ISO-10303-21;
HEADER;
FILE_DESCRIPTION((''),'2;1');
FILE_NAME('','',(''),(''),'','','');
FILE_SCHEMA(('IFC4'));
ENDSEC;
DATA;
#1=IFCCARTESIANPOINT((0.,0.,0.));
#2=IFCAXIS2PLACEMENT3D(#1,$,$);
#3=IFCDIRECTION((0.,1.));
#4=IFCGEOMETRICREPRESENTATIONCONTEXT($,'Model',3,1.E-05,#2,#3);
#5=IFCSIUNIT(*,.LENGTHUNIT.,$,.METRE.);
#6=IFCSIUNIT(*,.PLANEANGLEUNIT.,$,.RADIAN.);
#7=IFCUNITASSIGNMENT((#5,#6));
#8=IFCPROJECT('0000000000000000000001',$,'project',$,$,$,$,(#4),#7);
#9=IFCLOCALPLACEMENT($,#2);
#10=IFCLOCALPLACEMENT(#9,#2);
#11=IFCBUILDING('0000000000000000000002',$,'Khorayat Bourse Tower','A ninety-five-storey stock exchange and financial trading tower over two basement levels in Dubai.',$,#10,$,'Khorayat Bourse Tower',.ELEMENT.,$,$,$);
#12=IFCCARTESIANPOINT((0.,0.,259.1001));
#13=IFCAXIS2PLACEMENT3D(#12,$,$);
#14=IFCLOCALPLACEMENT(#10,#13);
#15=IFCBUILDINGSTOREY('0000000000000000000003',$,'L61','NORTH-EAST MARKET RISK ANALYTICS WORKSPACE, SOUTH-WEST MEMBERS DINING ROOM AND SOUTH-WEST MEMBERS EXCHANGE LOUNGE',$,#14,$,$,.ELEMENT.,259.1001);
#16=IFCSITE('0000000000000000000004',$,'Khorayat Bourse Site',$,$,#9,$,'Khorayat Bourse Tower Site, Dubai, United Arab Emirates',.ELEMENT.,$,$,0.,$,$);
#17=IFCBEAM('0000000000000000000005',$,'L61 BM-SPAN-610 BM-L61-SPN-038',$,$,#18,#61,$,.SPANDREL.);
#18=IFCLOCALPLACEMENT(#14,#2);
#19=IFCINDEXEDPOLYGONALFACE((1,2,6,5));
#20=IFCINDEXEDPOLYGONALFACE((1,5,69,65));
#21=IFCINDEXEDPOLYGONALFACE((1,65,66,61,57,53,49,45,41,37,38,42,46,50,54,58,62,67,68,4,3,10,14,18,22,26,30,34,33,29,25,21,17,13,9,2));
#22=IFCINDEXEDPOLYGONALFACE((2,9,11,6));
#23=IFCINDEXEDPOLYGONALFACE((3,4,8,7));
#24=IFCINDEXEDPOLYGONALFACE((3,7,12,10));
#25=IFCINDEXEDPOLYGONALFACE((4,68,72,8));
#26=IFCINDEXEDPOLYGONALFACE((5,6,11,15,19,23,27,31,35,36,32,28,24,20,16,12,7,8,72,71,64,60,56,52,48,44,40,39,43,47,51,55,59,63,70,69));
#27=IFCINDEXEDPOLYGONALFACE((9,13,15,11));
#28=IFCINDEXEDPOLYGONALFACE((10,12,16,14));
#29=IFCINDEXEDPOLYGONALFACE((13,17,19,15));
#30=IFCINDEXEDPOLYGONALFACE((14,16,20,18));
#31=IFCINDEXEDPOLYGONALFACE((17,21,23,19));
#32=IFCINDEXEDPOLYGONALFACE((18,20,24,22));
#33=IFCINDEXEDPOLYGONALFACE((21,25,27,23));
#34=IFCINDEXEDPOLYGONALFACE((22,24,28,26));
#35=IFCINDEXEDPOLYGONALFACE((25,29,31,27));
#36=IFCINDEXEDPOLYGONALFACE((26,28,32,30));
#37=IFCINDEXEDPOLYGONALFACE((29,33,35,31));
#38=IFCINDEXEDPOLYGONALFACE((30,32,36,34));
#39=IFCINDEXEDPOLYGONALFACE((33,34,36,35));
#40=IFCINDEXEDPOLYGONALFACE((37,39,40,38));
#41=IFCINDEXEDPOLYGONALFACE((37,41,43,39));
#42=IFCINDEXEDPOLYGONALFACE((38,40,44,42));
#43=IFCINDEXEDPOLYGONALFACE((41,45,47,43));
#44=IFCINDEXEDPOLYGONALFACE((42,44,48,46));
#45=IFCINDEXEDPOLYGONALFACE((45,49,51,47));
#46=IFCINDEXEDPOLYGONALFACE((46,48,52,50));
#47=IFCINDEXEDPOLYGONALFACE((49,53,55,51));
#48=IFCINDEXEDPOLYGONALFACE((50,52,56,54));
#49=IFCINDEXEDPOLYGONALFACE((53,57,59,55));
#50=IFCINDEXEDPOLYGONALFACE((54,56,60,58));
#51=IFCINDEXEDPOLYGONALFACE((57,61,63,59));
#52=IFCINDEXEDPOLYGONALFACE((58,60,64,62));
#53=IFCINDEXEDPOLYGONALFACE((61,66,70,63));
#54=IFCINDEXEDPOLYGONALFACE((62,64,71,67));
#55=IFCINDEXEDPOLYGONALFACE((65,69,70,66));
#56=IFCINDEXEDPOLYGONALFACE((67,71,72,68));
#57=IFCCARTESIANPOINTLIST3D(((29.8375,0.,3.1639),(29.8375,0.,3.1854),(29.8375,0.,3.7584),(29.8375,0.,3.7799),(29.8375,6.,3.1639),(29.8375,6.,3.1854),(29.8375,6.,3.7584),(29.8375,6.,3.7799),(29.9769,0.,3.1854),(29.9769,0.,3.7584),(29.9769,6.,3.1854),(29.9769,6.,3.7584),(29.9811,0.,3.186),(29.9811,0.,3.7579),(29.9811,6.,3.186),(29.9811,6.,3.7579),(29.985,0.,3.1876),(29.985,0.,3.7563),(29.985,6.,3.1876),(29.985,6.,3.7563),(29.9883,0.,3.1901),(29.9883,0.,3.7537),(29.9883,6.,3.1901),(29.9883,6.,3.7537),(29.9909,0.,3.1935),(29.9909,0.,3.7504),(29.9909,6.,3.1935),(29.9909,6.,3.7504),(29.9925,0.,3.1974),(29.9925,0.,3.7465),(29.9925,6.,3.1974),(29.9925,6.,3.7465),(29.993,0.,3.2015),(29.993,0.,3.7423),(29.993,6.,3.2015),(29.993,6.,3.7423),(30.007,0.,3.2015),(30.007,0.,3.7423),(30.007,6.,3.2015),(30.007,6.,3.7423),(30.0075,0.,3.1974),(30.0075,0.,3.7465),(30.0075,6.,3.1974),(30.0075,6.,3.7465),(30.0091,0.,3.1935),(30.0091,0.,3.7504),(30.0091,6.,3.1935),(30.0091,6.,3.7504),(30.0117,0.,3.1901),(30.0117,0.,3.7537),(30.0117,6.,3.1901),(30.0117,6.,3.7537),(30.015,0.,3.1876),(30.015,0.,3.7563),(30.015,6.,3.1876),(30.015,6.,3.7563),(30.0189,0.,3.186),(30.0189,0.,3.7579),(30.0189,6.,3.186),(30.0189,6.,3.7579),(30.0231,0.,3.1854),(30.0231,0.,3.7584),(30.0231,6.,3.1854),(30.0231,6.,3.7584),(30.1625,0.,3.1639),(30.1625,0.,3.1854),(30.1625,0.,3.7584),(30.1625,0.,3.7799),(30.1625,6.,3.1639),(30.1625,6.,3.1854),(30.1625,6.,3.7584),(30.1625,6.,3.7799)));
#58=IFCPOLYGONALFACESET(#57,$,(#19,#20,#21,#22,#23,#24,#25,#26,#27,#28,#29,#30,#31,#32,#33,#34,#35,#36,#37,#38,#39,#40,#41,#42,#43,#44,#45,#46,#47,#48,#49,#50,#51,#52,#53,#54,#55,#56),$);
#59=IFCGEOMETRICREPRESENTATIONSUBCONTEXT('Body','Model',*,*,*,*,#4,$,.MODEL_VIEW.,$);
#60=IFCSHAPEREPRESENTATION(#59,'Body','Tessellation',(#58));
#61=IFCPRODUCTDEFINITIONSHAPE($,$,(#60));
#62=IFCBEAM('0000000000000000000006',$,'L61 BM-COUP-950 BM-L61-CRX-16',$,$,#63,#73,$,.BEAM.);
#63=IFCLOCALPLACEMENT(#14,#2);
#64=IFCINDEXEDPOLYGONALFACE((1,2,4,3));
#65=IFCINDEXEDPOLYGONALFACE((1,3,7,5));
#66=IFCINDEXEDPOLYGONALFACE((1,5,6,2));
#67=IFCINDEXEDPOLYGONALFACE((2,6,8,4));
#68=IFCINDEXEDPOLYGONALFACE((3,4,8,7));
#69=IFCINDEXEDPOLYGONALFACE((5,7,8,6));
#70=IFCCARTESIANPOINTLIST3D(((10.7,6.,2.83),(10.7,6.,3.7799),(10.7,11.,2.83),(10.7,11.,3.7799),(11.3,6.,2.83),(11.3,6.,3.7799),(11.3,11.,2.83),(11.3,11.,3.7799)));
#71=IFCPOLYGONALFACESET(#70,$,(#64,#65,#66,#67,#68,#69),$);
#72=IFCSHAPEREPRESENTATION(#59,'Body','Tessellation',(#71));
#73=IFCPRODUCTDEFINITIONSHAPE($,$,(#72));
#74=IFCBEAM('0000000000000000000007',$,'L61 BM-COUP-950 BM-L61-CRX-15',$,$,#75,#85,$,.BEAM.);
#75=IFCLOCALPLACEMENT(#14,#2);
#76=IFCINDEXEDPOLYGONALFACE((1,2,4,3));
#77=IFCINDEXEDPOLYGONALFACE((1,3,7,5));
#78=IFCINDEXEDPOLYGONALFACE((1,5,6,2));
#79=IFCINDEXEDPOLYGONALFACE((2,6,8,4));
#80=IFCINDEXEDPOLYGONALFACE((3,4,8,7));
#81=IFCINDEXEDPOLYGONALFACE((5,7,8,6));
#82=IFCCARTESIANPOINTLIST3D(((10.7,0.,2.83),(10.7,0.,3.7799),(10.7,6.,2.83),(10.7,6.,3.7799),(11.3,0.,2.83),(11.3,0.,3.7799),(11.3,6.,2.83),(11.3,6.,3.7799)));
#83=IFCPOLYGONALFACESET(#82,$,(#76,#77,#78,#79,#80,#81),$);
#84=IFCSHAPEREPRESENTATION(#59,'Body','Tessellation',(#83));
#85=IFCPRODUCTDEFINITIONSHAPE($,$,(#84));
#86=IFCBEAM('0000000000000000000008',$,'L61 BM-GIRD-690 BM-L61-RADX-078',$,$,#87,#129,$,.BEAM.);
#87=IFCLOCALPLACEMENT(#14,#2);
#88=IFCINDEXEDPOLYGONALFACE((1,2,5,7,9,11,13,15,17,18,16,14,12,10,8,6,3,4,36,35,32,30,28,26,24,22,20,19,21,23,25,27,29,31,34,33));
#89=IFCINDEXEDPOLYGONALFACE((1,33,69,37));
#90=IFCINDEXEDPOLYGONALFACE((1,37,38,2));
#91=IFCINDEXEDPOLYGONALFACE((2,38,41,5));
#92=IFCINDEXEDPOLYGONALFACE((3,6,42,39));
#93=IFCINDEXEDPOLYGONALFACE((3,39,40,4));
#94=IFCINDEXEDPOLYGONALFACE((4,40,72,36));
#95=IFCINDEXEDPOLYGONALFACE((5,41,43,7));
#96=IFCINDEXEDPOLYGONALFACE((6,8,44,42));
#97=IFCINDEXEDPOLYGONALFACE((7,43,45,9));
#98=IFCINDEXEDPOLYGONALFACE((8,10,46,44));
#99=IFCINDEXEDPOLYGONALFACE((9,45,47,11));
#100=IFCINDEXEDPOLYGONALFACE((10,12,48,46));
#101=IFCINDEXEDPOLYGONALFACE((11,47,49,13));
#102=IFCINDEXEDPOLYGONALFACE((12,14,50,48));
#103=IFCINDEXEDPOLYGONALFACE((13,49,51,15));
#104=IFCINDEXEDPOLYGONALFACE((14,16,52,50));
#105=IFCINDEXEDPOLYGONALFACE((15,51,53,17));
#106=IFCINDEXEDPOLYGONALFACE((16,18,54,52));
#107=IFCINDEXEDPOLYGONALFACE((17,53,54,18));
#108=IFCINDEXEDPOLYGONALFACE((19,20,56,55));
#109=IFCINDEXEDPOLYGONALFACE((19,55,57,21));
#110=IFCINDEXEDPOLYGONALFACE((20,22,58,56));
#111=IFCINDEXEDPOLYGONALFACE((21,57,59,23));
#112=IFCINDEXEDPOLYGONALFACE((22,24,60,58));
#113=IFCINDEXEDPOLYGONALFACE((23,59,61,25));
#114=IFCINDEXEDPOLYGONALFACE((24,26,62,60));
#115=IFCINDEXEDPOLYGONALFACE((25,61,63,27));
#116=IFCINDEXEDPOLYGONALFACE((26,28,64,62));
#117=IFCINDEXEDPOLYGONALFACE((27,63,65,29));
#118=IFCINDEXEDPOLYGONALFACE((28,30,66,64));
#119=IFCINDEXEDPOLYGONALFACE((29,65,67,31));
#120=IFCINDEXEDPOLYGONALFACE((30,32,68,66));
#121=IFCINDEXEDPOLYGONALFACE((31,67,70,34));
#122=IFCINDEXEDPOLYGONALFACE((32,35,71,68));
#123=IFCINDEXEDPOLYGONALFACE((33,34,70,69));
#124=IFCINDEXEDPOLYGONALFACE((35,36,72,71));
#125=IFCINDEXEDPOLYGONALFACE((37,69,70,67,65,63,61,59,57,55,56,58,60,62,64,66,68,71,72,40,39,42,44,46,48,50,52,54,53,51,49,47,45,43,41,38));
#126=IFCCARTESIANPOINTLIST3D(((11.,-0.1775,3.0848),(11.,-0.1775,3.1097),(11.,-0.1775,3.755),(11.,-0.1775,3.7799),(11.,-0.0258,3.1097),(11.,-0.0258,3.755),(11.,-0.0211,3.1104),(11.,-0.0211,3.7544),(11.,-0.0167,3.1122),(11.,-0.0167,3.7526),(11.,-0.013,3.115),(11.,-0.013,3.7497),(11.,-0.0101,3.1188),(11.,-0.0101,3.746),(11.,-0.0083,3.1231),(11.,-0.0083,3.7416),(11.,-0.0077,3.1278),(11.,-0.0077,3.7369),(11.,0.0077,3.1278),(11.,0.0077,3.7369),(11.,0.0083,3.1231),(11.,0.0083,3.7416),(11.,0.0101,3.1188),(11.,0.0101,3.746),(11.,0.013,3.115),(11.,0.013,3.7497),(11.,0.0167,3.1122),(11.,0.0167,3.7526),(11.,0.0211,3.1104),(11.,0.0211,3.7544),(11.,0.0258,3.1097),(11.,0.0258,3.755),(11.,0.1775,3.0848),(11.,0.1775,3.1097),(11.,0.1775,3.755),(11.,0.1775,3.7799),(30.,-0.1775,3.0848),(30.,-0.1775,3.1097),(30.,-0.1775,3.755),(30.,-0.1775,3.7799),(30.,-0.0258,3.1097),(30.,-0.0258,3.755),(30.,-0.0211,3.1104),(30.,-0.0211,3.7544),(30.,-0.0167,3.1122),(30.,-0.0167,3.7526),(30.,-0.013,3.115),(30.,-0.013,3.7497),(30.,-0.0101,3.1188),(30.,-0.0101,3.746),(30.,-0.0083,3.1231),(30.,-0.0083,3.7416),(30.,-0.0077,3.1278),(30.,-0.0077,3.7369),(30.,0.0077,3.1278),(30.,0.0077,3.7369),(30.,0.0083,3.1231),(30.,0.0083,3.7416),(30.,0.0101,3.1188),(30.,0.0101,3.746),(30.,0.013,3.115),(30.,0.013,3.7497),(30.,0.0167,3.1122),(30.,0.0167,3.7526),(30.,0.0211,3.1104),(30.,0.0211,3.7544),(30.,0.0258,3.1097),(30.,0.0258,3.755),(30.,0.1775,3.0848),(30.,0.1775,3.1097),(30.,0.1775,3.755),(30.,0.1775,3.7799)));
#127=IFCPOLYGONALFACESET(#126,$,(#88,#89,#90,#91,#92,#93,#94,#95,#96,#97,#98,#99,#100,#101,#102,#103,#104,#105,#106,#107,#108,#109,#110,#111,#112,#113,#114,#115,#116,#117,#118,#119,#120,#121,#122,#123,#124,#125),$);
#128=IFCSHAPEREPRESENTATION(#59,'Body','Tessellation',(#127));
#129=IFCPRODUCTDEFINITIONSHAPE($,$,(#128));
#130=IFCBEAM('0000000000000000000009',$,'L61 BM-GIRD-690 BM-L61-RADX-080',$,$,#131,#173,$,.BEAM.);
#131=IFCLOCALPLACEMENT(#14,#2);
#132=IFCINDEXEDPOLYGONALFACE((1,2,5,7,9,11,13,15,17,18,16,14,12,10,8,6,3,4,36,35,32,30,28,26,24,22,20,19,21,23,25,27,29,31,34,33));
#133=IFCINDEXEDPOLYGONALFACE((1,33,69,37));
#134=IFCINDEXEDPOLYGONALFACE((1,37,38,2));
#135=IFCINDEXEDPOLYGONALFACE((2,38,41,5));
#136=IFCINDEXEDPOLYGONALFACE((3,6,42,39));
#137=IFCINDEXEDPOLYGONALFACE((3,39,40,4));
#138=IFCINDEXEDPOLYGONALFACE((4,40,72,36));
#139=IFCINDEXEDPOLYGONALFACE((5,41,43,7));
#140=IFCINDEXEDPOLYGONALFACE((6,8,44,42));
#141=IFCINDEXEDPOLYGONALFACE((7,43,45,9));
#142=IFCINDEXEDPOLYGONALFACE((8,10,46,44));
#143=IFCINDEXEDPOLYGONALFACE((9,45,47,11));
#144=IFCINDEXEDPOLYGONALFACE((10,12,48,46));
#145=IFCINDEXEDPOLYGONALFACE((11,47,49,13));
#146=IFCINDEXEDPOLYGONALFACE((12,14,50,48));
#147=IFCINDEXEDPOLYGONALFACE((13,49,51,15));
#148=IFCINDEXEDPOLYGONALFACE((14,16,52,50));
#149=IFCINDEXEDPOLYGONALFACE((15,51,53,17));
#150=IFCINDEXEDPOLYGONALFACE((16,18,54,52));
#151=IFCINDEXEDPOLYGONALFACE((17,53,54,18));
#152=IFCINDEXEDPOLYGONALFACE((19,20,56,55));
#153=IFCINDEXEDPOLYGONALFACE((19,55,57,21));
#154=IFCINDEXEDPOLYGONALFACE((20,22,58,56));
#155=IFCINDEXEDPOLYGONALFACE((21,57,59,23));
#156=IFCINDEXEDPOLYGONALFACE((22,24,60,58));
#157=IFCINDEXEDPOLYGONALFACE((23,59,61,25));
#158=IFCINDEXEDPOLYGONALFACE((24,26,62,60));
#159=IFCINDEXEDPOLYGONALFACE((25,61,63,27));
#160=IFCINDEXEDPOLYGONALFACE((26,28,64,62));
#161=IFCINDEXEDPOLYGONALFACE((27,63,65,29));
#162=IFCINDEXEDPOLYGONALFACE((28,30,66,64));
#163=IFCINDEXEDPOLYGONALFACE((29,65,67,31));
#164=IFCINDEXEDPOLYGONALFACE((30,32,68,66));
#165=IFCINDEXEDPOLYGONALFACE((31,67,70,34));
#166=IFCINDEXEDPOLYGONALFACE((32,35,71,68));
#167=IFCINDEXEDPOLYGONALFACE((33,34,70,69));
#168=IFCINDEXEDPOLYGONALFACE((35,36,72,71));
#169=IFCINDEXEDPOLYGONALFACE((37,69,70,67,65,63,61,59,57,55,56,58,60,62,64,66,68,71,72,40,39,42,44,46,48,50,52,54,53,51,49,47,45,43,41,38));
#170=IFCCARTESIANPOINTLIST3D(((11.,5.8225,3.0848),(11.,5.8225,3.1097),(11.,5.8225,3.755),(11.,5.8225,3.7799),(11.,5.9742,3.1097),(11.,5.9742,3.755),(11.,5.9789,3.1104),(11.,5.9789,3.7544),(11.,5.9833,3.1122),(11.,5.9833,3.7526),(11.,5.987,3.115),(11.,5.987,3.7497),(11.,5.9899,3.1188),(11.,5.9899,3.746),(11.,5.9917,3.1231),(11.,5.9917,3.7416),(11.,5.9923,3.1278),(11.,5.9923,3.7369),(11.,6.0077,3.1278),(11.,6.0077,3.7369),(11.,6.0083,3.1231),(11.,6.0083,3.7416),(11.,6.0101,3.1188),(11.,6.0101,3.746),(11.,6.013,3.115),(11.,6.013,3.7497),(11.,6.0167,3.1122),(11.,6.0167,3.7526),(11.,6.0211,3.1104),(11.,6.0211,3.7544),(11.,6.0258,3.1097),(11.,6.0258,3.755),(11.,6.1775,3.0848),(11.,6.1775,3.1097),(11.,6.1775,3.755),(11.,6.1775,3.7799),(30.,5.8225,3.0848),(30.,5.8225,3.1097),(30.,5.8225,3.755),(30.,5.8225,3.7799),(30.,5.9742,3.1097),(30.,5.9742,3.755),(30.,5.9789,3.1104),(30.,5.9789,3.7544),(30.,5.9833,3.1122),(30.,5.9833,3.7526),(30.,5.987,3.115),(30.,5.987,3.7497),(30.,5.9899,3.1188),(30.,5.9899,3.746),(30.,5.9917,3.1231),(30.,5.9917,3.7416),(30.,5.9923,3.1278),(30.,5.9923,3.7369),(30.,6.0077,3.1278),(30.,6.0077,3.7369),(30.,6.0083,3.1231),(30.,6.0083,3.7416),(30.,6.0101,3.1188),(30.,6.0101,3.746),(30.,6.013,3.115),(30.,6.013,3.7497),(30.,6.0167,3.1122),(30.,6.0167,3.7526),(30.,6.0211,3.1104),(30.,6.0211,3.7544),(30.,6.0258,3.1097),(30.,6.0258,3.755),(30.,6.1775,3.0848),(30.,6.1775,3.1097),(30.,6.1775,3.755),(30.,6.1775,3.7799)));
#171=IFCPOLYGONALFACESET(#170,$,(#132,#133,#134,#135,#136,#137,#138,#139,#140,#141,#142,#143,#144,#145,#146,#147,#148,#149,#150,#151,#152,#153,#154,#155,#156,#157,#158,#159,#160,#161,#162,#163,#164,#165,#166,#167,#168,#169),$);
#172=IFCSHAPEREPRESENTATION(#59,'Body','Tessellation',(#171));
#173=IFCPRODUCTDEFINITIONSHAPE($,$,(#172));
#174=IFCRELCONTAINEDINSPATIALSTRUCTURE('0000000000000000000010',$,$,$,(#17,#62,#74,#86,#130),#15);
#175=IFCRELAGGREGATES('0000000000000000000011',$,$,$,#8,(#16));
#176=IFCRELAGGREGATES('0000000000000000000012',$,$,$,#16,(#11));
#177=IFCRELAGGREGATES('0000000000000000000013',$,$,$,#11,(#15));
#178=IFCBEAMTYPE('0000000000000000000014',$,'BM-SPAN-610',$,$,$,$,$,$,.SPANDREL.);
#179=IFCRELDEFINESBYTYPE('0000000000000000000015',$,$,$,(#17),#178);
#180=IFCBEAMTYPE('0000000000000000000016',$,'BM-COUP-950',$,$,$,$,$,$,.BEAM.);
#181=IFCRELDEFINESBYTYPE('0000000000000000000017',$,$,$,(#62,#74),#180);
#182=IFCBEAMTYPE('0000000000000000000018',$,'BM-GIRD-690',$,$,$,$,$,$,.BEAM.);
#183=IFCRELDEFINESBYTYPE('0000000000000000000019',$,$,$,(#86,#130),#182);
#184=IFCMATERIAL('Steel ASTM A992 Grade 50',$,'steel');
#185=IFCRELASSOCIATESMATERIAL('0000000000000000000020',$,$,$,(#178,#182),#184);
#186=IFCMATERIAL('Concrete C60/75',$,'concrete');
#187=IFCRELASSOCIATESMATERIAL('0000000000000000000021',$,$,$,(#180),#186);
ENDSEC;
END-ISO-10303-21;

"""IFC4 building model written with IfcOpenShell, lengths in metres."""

from ifc_helpers import new_model, si_unit, direction, frame, origin, origin_2d, place, context, subcontext, project, spatial, rectangle, i_section, extrude, source, transform, mapped, material, material_profile, profile_set, type_object, element, save


model = new_model("IFC4")

# Units and contexts
model_context = context("Model", 3, precision=1e-05, world=origin(), true_north=direction((0.0, 1.0)))
body_context = subcontext(model_context, "Body", "Model", "MODEL_VIEW")
ifc_project = project(units=[si_unit("LENGTHUNIT", "METRE"), si_unit("PLANEANGLEUNIT", "RADIAN")], contexts=[model_context])

# Site, building, storey
site_placement = place(None, origin())
site = spatial("IfcSite", under=ifc_project, at=site_placement, Name="Khorayat Bourse Site", LongName="Khorayat Bourse Tower Site, Dubai, United Arab Emirates", CompositionType="ELEMENT", RefElevation=0.0)
building_placement = place(site_placement, origin())
building = spatial("IfcBuilding", under=site, at=building_placement, Name="Khorayat Bourse Tower", Description="A ninety-five-storey stock exchange and financial trading tower over two basement levels in Dubai.", LongName="Khorayat Bourse Tower", CompositionType="ELEMENT")
storey_placement = place(building_placement, frame((0.0, 0.0, 259.1001)))
storey = spatial("IfcBuildingStorey", under=building, at=storey_placement, Name="L61", Description="NORTH-EAST MARKET RISK ANALYTICS WORKSPACE, SOUTH-WEST MEMBERS DINING ROOM AND SOUTH-WEST MEMBERS EXCHANGE LOUNGE", CompositionType="ELEMENT", Elevation=259.1001)

# Shared definitions
ifc_material_1 = material(Name="Concrete C60/75", Category="concrete")

# Beams
ifc_material_2 = material(Name="Steel ASTM A992 Grade 50", Category="steel")
ifc_material_profile_1 = material_profile(ifc_material_2, i_section(OverallWidth=0.325, OverallDepth=0.616, WebThickness=0.0139, FlangeThickness=0.0215, FilletRadius=0.0161, at=origin_2d()), Name="W610X174")
ifc_profile_set_1 = profile_set([ifc_material_profile_1], Name="Steel ASTM A992 Grade 50")
beam_type_1 = type_object("IfcBeamType", Name="BM-SPAN-610", PredefinedType="SPANDREL", material=ifc_profile_set_1)
shared_shape_1 = source(origin(), body_context, "Body", "SweptSolid", [
    extrude(i_section(OverallWidth=0.325, OverallDepth=0.616, WebThickness=0.0139, FlangeThickness=0.0215, FilletRadius=0.0161, at=origin_2d()), origin(), (0.0, 0.0, 1.0), 6.0),
])
beam_1_placement = place(storey_placement, frame((30.0, 0.0, 3.4719), z_axis=(0.0, 1.0, 0.0), x_axis=(-1.0, 0.0, 0.0)))
element("IfcBeam", 1, at=beam_1_placement, inside=storey, type_object=beam_type_1, Name="L61 BM-SPAN-610 BM-L61-SPN-038", PredefinedType="SPANDREL", context=body_context, shape_type="MappedRepresentation", body=[
    mapped(shared_shape_1, transform((0.0, 0.0, 0.0), scale=1.0)),
])
ifc_material_profile_2 = material_profile(ifc_material_1, rectangle(XDim=0.6001, YDim=0.95, at=origin_2d()), Name="RC 600x950")
ifc_profile_set_2 = profile_set([ifc_material_profile_2], Name="Concrete C60/75")
beam_type_2 = type_object("IfcBeamType", Name="BM-COUP-950", PredefinedType="BEAM", material=ifc_profile_set_2)
shared_shape_2 = source(origin(), body_context, "Body", "SweptSolid", [
    extrude(rectangle(XDim=0.6001, YDim=0.95, at=origin_2d()), origin(), (0.0, 0.0, 1.0), 5.0),
])
beam_2_placement = place(storey_placement, frame((11.0, 6.0, 3.3049), z_axis=(0.0, 1.0, 0.0), x_axis=(-1.0, 0.0, 0.0)))
element("IfcBeam", 2, at=beam_2_placement, inside=storey, type_object=beam_type_2, Name="L61 BM-COUP-950 BM-L61-CRX-16", PredefinedType="BEAM", context=body_context, shape_type="MappedRepresentation", body=[
    mapped(shared_shape_2, transform((0.0, 0.0, 0.0), scale=1.0)),
])
shared_shape_3 = source(origin(), body_context, "Body", "SweptSolid", [
    extrude(rectangle(XDim=0.6001, YDim=0.95, at=origin_2d()), origin(), (0.0, 0.0, 1.0), 6.0),
])
beam_3_placement = place(storey_placement, frame((11.0, 0.0, 3.3049), z_axis=(0.0, 1.0, 0.0), x_axis=(-1.0, 0.0, 0.0)))
element("IfcBeam", 3, at=beam_3_placement, inside=storey, type_object=beam_type_2, Name="L61 BM-COUP-950 BM-L61-CRX-15", PredefinedType="BEAM", context=body_context, shape_type="MappedRepresentation", body=[
    mapped(shared_shape_3, transform((0.0, 0.0, 0.0), scale=1.0)),
])
ifc_material_profile_3 = material_profile(ifc_material_2, i_section(OverallWidth=0.355, OverallDepth=0.6951, WebThickness=0.0154, FlangeThickness=0.0249, FilletRadius=0.0181, at=origin_2d()), Name="W690X217")
ifc_profile_set_3 = profile_set([ifc_material_profile_3], Name="Steel ASTM A992 Grade 50")
beam_type_3 = type_object("IfcBeamType", Name="BM-GIRD-690", PredefinedType="BEAM", material=ifc_profile_set_3)
shared_shape_4 = source(origin(), body_context, "Body", "SweptSolid", [
    extrude(i_section(OverallWidth=0.355, OverallDepth=0.6951, WebThickness=0.0154, FlangeThickness=0.0249, FilletRadius=0.0181, at=origin_2d()), origin(), (0.0, 0.0, 1.0), 19.0),
])
for number, where, z_axis, x_axis, name in (
    (4, (11.0, 0.0, 3.4324), (1.0, 0.0, 0.0), (0.0, 1.0, 0.0), "L61 BM-GIRD-690 BM-L61-RADX-078"),
    (5, (11.0, 6.0, 3.4324), (1.0, 0.0, 0.0), (0.0, 1.0, 0.0), "L61 BM-GIRD-690 BM-L61-RADX-080"),
):
    element("IfcBeam", number, at=place(storey_placement, frame(where, z_axis=z_axis, x_axis=x_axis)), inside=storey, type_object=beam_type_3, Name=name, PredefinedType="BEAM", context=body_context, shape_type="MappedRepresentation", body=[
        mapped(shared_shape_4, transform((0.0, 0.0, 0.0), scale=1.0)),
    ])

save(model, "model.ifc")
